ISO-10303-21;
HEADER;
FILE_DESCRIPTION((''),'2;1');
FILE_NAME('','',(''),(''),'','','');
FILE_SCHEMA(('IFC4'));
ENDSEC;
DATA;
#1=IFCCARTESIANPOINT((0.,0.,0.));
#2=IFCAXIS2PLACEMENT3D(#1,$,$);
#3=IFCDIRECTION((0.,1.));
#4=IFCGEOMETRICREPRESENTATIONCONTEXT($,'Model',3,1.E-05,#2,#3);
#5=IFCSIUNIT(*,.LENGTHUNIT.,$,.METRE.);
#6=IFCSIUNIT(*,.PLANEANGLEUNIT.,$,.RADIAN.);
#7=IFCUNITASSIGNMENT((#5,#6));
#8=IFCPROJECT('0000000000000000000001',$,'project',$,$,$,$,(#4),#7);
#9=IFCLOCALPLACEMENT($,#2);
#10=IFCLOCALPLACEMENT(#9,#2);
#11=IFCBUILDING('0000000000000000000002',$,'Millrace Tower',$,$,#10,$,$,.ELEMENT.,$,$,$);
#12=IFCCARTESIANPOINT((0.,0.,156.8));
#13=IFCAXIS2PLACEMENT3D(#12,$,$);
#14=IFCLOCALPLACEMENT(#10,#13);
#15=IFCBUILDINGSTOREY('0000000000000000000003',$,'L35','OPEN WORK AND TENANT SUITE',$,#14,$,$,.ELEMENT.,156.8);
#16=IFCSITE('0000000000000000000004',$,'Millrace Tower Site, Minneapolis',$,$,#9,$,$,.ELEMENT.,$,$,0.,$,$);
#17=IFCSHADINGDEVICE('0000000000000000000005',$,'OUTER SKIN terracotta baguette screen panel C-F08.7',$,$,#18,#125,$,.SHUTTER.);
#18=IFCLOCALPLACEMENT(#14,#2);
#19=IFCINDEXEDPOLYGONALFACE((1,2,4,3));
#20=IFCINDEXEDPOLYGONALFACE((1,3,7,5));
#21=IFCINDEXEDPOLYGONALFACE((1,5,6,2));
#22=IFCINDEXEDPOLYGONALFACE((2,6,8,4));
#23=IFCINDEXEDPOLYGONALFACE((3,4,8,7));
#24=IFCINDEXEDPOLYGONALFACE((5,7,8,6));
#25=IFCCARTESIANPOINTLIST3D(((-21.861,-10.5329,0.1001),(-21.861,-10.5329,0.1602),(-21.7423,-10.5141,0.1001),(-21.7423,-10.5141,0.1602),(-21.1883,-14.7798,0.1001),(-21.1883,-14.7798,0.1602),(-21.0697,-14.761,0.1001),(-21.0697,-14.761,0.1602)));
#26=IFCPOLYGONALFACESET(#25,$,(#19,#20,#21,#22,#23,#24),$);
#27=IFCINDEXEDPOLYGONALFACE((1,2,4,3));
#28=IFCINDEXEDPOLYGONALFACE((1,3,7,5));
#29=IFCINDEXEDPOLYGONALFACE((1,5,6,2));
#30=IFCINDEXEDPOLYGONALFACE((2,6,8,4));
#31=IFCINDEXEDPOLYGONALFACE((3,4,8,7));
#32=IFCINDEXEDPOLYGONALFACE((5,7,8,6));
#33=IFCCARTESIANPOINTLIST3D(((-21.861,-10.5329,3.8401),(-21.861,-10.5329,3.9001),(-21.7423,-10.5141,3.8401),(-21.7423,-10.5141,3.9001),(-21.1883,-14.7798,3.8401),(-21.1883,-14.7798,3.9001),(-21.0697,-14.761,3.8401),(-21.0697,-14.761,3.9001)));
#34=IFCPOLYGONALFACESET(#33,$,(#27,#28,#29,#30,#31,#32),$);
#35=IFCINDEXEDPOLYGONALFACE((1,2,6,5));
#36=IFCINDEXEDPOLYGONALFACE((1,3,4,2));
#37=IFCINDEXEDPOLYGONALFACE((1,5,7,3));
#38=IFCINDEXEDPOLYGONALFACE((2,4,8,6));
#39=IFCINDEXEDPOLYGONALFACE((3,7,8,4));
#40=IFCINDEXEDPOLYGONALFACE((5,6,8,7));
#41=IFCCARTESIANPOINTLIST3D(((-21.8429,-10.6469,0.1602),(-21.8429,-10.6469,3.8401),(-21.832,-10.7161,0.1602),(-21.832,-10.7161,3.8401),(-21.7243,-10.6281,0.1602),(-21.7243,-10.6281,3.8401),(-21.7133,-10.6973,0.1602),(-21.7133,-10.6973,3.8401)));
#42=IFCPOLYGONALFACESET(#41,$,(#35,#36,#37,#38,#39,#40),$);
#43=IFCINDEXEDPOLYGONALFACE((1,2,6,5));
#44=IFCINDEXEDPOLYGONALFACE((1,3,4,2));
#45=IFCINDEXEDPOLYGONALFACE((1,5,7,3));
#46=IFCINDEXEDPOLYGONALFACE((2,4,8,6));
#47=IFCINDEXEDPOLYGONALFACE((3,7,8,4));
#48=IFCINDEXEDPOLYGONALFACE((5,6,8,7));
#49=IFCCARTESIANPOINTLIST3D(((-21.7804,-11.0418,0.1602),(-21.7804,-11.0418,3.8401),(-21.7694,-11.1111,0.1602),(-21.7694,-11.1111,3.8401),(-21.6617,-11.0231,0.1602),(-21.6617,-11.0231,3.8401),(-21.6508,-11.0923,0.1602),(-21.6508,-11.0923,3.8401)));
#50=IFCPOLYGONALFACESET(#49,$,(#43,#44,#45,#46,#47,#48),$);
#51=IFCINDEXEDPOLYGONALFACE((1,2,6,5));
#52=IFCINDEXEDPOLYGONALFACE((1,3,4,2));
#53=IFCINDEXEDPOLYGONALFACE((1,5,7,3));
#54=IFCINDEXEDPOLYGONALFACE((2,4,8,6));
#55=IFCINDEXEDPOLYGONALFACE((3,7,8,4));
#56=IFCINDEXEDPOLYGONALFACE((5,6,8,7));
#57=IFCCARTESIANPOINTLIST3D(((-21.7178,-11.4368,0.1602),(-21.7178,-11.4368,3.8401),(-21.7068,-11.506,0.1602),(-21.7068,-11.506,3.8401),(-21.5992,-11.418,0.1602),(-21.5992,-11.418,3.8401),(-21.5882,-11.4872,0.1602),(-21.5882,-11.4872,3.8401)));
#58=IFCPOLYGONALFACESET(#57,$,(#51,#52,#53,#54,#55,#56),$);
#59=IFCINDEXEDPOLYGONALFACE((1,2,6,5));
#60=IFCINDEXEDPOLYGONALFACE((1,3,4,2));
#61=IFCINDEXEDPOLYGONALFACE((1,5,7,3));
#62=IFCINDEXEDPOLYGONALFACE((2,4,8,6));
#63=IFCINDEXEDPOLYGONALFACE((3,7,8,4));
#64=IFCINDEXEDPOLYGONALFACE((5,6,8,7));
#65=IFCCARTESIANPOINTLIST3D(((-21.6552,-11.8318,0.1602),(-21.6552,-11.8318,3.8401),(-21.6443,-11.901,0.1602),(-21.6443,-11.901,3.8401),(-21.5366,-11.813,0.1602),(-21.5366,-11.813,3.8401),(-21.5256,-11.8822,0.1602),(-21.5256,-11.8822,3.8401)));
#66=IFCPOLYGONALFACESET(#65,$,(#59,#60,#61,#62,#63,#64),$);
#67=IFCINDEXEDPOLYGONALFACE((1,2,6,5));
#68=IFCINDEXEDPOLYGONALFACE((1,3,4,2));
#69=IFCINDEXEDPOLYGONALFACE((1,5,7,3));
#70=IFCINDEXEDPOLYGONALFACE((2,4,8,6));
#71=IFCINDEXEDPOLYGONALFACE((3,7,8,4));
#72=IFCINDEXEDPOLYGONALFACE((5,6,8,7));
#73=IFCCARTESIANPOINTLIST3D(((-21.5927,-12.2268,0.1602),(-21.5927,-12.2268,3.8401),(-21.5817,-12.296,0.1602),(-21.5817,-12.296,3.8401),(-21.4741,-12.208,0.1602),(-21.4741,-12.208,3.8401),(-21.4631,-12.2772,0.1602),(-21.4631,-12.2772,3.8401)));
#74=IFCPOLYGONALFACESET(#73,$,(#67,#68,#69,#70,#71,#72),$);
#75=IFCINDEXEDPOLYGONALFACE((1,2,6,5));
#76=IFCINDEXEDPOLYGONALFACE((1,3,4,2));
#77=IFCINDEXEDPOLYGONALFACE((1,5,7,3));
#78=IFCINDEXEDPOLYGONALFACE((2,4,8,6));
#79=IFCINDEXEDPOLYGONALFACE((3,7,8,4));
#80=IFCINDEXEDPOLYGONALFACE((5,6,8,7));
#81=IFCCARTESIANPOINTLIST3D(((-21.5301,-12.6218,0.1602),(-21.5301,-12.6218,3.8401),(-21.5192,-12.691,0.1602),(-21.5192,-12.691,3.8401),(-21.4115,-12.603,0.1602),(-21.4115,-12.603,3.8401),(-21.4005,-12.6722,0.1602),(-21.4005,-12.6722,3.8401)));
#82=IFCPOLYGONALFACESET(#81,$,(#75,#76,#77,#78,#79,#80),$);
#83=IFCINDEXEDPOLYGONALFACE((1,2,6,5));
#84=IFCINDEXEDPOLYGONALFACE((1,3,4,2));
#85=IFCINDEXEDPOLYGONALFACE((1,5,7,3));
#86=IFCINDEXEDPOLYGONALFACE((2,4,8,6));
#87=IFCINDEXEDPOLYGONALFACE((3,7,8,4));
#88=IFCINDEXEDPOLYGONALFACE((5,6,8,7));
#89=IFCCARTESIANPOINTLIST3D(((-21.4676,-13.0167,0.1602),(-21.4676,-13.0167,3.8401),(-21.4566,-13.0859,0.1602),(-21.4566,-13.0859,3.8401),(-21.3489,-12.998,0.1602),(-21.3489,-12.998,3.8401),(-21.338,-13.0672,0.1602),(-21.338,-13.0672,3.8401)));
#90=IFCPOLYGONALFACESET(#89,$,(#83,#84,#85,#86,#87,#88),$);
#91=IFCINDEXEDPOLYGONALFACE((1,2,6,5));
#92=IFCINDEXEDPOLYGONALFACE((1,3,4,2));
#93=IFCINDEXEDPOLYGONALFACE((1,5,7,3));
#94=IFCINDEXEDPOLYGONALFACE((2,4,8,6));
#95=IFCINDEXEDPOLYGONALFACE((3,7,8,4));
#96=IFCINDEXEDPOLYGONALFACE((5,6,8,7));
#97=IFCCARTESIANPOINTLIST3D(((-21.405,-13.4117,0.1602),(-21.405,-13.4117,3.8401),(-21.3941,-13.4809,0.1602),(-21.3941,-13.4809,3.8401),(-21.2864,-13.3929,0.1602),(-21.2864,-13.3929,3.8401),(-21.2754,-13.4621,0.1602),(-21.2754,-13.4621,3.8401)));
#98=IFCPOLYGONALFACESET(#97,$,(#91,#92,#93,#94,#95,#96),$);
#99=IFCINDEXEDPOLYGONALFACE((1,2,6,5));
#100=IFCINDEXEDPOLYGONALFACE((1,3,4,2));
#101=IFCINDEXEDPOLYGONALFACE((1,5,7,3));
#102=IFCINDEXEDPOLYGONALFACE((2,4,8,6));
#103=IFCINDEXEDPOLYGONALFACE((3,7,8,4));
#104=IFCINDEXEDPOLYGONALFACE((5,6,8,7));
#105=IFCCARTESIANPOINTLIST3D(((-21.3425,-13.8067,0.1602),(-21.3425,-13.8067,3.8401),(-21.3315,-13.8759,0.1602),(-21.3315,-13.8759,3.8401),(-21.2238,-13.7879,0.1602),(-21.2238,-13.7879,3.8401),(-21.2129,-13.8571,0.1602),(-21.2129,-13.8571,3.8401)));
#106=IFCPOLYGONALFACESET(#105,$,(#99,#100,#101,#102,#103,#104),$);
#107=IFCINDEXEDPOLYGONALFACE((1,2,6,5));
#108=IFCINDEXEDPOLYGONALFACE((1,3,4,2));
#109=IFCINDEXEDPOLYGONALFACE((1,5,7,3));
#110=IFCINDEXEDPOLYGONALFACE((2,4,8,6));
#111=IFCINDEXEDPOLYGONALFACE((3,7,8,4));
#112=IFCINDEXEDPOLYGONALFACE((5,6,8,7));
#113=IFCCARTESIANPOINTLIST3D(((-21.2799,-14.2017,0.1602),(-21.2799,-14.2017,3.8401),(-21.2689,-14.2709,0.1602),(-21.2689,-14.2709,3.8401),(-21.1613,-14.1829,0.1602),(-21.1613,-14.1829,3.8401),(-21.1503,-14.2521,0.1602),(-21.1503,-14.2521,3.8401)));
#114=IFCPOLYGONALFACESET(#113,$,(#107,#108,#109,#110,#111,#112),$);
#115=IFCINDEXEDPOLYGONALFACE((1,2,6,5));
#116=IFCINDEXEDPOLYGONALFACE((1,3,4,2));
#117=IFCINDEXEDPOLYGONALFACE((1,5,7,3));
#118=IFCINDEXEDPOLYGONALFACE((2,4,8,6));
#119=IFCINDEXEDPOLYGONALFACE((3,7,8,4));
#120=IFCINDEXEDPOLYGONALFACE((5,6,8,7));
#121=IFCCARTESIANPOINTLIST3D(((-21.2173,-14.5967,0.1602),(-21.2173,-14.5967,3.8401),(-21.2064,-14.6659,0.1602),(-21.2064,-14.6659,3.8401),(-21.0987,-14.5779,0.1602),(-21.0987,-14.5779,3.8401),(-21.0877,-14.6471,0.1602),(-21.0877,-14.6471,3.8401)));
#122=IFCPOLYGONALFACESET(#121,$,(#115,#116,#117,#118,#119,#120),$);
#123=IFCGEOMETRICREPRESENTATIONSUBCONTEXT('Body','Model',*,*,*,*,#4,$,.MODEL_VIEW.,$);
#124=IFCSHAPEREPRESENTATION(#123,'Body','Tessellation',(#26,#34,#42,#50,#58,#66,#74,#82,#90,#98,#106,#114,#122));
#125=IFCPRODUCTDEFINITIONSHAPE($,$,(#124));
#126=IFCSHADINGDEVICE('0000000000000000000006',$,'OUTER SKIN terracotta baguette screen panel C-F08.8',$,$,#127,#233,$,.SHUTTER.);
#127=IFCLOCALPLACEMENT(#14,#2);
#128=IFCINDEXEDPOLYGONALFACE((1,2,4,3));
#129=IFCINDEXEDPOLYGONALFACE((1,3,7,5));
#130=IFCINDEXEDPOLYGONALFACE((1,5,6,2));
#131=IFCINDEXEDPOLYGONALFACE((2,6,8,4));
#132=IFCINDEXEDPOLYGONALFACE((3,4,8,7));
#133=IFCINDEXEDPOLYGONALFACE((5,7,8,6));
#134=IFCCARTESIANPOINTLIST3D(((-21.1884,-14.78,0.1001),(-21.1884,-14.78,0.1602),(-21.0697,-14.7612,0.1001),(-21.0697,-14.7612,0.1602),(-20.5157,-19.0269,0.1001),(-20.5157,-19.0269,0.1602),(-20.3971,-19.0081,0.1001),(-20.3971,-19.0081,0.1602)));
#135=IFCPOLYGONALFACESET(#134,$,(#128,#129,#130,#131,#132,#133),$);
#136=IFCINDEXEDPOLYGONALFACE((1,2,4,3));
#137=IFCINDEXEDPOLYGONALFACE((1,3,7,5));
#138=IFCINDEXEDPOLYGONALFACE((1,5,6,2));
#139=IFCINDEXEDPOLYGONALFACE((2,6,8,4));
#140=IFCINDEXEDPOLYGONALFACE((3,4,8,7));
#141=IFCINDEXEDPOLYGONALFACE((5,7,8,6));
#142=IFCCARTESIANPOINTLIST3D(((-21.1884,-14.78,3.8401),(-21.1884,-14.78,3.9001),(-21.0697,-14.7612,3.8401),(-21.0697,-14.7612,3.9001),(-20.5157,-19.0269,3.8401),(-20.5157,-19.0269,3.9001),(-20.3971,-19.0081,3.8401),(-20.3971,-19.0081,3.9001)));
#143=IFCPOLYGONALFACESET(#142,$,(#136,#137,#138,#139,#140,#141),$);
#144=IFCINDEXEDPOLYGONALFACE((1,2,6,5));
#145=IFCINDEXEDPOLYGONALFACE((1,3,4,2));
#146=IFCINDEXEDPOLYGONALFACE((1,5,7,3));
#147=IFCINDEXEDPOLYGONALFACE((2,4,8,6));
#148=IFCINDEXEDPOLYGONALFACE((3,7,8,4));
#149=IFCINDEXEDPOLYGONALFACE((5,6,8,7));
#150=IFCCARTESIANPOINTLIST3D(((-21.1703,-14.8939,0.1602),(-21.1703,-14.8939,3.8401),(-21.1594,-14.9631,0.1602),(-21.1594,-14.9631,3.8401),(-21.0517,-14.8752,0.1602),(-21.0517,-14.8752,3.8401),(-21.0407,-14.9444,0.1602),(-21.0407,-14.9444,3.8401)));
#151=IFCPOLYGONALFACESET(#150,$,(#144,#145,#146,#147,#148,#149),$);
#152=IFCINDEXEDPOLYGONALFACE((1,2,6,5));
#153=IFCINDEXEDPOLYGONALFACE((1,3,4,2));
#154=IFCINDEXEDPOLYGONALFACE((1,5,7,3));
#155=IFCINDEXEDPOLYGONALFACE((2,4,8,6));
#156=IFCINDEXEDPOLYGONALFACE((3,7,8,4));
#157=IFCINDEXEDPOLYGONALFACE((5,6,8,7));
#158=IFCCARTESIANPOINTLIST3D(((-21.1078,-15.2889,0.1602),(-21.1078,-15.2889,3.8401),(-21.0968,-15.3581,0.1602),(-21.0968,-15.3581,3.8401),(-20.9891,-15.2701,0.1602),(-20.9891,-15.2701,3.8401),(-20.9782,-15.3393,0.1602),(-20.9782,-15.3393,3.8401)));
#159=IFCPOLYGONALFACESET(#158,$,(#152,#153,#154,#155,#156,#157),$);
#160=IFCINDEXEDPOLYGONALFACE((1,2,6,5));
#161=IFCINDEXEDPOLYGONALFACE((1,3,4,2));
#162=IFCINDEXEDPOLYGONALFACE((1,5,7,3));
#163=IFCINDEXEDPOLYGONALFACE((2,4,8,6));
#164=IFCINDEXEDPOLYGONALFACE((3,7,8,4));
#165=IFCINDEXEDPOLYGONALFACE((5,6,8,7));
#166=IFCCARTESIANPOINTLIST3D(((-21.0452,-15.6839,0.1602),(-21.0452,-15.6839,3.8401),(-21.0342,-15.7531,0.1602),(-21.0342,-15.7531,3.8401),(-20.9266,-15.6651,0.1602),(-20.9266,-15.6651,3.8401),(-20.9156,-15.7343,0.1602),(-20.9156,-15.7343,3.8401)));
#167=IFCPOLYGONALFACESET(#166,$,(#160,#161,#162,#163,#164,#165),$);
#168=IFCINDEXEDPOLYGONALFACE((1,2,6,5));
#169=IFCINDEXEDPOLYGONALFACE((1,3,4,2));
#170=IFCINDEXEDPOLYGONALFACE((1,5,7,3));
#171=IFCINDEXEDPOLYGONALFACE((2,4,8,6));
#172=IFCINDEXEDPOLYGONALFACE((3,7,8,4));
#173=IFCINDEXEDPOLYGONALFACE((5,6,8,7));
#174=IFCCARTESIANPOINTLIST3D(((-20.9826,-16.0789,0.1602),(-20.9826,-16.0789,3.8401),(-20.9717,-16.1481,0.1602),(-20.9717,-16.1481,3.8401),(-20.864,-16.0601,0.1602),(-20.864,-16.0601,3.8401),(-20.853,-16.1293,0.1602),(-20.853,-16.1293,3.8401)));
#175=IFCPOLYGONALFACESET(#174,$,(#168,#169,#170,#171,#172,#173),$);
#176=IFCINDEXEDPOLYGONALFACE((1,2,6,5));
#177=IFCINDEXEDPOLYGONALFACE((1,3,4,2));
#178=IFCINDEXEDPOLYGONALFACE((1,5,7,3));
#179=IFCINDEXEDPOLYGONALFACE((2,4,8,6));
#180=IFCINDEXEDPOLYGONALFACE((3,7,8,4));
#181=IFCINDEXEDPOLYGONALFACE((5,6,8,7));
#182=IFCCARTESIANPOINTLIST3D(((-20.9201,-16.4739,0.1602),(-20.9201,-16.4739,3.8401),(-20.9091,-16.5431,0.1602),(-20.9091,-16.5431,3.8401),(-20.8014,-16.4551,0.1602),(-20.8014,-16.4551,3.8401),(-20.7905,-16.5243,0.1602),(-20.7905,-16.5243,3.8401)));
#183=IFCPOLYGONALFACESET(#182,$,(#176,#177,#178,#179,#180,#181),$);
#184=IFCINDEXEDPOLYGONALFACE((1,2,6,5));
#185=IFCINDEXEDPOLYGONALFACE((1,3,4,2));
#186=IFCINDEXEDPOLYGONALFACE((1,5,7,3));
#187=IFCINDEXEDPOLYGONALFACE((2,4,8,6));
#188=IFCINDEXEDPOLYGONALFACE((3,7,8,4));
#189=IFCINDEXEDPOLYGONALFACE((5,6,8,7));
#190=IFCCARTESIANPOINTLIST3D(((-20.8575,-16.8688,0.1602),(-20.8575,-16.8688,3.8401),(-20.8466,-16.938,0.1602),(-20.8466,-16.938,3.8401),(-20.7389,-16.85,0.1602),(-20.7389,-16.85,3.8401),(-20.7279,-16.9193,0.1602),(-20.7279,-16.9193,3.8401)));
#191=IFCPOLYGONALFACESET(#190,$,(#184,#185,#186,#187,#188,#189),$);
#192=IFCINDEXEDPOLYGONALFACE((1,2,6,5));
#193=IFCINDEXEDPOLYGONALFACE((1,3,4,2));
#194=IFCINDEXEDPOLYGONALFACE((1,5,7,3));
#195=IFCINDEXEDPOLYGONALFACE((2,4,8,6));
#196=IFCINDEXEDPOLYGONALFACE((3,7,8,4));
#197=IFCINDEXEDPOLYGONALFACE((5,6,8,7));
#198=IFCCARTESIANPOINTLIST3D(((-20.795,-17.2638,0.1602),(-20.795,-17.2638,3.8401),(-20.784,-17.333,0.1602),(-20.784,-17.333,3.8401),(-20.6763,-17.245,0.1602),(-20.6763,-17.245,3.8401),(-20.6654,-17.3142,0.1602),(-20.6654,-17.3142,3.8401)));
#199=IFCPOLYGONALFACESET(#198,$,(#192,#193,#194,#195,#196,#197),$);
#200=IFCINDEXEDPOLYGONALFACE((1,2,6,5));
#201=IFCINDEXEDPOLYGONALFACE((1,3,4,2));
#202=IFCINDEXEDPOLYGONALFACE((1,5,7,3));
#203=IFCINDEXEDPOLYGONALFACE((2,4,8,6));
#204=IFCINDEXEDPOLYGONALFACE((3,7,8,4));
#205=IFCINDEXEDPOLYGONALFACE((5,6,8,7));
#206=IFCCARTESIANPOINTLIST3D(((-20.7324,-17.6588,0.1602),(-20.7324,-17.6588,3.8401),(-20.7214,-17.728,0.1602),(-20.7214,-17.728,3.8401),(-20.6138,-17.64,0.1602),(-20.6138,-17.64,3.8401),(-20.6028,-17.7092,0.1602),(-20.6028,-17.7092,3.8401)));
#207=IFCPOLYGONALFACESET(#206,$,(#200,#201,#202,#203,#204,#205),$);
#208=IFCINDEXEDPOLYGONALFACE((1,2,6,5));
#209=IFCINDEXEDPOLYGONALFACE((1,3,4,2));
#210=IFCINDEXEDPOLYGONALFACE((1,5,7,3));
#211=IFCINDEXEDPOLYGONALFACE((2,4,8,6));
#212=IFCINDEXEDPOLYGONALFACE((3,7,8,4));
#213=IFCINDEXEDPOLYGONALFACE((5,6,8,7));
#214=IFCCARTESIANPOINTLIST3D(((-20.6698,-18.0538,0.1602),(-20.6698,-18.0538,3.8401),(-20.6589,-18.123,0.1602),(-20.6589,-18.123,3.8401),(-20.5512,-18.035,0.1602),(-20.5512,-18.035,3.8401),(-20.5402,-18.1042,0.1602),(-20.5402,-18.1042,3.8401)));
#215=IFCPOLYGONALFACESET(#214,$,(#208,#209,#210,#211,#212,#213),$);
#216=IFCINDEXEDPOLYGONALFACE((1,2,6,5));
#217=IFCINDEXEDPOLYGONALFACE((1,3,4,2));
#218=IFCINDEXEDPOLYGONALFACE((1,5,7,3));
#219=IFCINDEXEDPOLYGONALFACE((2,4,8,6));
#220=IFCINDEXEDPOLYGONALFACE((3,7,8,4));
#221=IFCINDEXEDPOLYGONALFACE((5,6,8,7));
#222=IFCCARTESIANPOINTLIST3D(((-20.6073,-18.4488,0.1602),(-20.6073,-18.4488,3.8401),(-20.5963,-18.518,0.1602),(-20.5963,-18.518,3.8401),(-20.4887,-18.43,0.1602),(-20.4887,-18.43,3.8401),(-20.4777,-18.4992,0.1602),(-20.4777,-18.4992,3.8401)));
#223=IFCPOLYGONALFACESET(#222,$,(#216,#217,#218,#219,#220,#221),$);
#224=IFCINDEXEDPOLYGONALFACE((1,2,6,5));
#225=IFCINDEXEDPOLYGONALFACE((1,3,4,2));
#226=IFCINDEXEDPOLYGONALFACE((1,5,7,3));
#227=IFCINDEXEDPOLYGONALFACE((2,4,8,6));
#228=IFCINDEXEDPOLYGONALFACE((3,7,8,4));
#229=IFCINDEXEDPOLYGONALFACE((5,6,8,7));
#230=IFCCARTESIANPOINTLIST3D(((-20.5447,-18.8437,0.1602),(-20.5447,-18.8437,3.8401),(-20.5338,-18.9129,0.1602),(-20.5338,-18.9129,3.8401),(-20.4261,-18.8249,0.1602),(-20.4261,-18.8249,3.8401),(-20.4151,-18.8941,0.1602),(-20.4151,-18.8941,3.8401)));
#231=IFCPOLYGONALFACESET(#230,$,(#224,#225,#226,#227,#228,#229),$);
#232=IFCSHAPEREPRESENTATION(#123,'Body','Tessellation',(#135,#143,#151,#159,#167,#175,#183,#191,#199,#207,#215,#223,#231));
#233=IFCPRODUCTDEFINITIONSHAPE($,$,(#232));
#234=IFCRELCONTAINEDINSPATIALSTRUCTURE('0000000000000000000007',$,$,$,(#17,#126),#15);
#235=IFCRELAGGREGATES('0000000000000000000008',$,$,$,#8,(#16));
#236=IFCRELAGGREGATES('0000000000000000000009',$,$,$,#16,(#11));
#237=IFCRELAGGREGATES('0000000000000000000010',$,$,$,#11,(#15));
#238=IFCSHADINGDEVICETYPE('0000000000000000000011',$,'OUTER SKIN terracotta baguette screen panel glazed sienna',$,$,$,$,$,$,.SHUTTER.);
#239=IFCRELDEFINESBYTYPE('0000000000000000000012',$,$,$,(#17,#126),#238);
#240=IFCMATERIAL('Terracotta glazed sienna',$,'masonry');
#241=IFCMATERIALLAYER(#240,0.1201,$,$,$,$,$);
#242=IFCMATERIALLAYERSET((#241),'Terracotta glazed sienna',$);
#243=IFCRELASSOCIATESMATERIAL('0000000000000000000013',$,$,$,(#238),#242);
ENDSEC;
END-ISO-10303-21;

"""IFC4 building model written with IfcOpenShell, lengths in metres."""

from ifc_helpers import new_model, entity, si_unit, direction, frame, frame_2d, origin, origin_2d, place, context, subcontext, project, spatial, rectangle, extrude, source, transform, mapped, material, layer, layer_set, type_object, element, save


model = new_model("IFC4")

# Units and contexts
model_context = context("Model", 3, precision=1e-05, world=origin(), true_north=direction((0.0, 1.0)))
body_context = subcontext(model_context, "Body", "Model", "MODEL_VIEW")
ifc_project = project(units=[si_unit("LENGTHUNIT", "METRE"), si_unit("PLANEANGLEUNIT", "RADIAN")], contexts=[model_context])

# Site, building, storey
site_placement = place(None, origin())
site = spatial("IfcSite", under=ifc_project, at=site_placement, Name="Millrace Tower Site, Minneapolis", CompositionType="ELEMENT", RefElevation=0.0)
building_placement = place(site_placement, origin())
building = spatial("IfcBuilding", under=site, at=building_placement, Name="Millrace Tower", CompositionType="ELEMENT")
storey_placement = place(building_placement, frame((0.0, 0.0, 156.8)))
storey = spatial("IfcBuildingStorey", under=building, at=storey_placement, Name="L35", Description="OPEN WORK AND TENANT SUITE", CompositionType="ELEMENT", Elevation=156.8)

# Shading devices
ifc_material_1 = material(Name="Terracotta glazed sienna", Category="masonry")
ifc_layer_1 = layer(ifc_material_1, 0.1201)
ifc_layer_set_1 = layer_set([ifc_layer_1], Name="Terracotta glazed sienna")
shading_device_type = type_object("IfcShadingDeviceType", Name="OUTER SKIN terracotta baguette screen panel glazed sienna", PredefinedType="SHUTTER", material=ifc_layer_set_1)
cartesian_point_1 = entity("IfcCartesianPoint", [-2.1499, 0.0601])
shared_polyline_1 = entity("IfcPolyline", [cartesian_point_1, entity("IfcCartesianPoint", [2.1499, 0.0601]), entity("IfcCartesianPoint", [2.1499, -0.0601]), entity("IfcCartesianPoint", [-2.1499, -0.0601]), cartesian_point_1])
shared_shape_1 = source(origin(), body_context, "Body", "SweptSolid", [
    entity("IfcExtrudedAreaSolid", entity("IfcArbitraryClosedProfileDef", "AREA", None, shared_polyline_1), entity("IfcAxis2Placement3D", entity("IfcCartesianPoint", [0.0, 0.0, 0.0])), entity("IfcDirection", [0.0, 0.0, 1.0]), 0.0601),
    entity("IfcExtrudedAreaSolid", entity("IfcArbitraryClosedProfileDef", "AREA", None, shared_polyline_1), entity("IfcAxis2Placement3D", entity("IfcCartesianPoint", [0.0, 0.0, 3.74])), entity("IfcDirection", [0.0, 0.0, 1.0]), 0.0601),
    extrude(rectangle(XDim=0.0701, YDim=0.1201, at=frame_2d((-1.9995, 0.0))), frame((0.0, 0.0, 0.0601)), (0.0, 0.0, 1.0), 3.6799),
    extrude(rectangle(XDim=0.0701, YDim=0.1201, at=frame_2d((-1.5996, 0.0))), frame((0.0, 0.0, 0.0601)), (0.0, 0.0, 1.0), 3.6799),
    extrude(rectangle(XDim=0.0701, YDim=0.1201, at=frame_2d((-1.1997, 0.0))), frame((0.0, 0.0, 0.0601)), (0.0, 0.0, 1.0), 3.6799),
    extrude(rectangle(XDim=0.0701, YDim=0.1201, at=frame_2d((-0.7998, 0.0))), frame((0.0, 0.0, 0.0601)), (0.0, 0.0, 1.0), 3.6799),
    extrude(rectangle(XDim=0.0701, YDim=0.1201, at=frame_2d((-0.3999, 0.0))), frame((0.0, 0.0, 0.0601)), (0.0, 0.0, 1.0), 3.6799),
    extrude(rectangle(XDim=0.0701, YDim=0.1201, at=origin_2d()), frame((0.0, 0.0, 0.0601)), (0.0, 0.0, 1.0), 3.6799),
    extrude(rectangle(XDim=0.0701, YDim=0.1201, at=frame_2d((0.3999, 0.0))), frame((0.0, 0.0, 0.0601)), (0.0, 0.0, 1.0), 3.6799),
    extrude(rectangle(XDim=0.0701, YDim=0.1201, at=frame_2d((0.7998, 0.0))), frame((0.0, 0.0, 0.0601)), (0.0, 0.0, 1.0), 3.6799),
    extrude(rectangle(XDim=0.0701, YDim=0.1201, at=frame_2d((1.1997, 0.0))), frame((0.0, 0.0, 0.0601)), (0.0, 0.0, 1.0), 3.6799),
    extrude(rectangle(XDim=0.0701, YDim=0.1201, at=frame_2d((1.5996, 0.0))), frame((0.0, 0.0, 0.0601)), (0.0, 0.0, 1.0), 3.6799),
    extrude(rectangle(XDim=0.0701, YDim=0.1201, at=frame_2d((1.9995, 0.0))), frame((0.0, 0.0, 0.0601)), (0.0, 0.0, 1.0), 3.6799),
])
for number, where, z_axis, x_axis, name in (
    (1, (-21.4653, -12.647, 0.1001), (0.0, 0.0, 1.0), (0.156434, -0.987688, 0.0), "OUTER SKIN terracotta baguette screen panel C-F08.7"),
    (2, (-20.7927, -16.894, 0.1001), (0.0, 0.0, 1.0), (0.156434, -0.987688, 0.0), "OUTER SKIN terracotta baguette screen panel C-F08.8"),
):
    element("IfcShadingDevice", number, at=place(storey_placement, frame(where, z_axis=z_axis, x_axis=x_axis)), inside=storey, type_object=shading_device_type, Name=name, PredefinedType="SHUTTER", context=body_context, shape_type="MappedRepresentation", body=[
        mapped(shared_shape_1, transform((0.0, 0.0, 0.0), scale=1.0)),
    ])

save(model, "model.ifc")
